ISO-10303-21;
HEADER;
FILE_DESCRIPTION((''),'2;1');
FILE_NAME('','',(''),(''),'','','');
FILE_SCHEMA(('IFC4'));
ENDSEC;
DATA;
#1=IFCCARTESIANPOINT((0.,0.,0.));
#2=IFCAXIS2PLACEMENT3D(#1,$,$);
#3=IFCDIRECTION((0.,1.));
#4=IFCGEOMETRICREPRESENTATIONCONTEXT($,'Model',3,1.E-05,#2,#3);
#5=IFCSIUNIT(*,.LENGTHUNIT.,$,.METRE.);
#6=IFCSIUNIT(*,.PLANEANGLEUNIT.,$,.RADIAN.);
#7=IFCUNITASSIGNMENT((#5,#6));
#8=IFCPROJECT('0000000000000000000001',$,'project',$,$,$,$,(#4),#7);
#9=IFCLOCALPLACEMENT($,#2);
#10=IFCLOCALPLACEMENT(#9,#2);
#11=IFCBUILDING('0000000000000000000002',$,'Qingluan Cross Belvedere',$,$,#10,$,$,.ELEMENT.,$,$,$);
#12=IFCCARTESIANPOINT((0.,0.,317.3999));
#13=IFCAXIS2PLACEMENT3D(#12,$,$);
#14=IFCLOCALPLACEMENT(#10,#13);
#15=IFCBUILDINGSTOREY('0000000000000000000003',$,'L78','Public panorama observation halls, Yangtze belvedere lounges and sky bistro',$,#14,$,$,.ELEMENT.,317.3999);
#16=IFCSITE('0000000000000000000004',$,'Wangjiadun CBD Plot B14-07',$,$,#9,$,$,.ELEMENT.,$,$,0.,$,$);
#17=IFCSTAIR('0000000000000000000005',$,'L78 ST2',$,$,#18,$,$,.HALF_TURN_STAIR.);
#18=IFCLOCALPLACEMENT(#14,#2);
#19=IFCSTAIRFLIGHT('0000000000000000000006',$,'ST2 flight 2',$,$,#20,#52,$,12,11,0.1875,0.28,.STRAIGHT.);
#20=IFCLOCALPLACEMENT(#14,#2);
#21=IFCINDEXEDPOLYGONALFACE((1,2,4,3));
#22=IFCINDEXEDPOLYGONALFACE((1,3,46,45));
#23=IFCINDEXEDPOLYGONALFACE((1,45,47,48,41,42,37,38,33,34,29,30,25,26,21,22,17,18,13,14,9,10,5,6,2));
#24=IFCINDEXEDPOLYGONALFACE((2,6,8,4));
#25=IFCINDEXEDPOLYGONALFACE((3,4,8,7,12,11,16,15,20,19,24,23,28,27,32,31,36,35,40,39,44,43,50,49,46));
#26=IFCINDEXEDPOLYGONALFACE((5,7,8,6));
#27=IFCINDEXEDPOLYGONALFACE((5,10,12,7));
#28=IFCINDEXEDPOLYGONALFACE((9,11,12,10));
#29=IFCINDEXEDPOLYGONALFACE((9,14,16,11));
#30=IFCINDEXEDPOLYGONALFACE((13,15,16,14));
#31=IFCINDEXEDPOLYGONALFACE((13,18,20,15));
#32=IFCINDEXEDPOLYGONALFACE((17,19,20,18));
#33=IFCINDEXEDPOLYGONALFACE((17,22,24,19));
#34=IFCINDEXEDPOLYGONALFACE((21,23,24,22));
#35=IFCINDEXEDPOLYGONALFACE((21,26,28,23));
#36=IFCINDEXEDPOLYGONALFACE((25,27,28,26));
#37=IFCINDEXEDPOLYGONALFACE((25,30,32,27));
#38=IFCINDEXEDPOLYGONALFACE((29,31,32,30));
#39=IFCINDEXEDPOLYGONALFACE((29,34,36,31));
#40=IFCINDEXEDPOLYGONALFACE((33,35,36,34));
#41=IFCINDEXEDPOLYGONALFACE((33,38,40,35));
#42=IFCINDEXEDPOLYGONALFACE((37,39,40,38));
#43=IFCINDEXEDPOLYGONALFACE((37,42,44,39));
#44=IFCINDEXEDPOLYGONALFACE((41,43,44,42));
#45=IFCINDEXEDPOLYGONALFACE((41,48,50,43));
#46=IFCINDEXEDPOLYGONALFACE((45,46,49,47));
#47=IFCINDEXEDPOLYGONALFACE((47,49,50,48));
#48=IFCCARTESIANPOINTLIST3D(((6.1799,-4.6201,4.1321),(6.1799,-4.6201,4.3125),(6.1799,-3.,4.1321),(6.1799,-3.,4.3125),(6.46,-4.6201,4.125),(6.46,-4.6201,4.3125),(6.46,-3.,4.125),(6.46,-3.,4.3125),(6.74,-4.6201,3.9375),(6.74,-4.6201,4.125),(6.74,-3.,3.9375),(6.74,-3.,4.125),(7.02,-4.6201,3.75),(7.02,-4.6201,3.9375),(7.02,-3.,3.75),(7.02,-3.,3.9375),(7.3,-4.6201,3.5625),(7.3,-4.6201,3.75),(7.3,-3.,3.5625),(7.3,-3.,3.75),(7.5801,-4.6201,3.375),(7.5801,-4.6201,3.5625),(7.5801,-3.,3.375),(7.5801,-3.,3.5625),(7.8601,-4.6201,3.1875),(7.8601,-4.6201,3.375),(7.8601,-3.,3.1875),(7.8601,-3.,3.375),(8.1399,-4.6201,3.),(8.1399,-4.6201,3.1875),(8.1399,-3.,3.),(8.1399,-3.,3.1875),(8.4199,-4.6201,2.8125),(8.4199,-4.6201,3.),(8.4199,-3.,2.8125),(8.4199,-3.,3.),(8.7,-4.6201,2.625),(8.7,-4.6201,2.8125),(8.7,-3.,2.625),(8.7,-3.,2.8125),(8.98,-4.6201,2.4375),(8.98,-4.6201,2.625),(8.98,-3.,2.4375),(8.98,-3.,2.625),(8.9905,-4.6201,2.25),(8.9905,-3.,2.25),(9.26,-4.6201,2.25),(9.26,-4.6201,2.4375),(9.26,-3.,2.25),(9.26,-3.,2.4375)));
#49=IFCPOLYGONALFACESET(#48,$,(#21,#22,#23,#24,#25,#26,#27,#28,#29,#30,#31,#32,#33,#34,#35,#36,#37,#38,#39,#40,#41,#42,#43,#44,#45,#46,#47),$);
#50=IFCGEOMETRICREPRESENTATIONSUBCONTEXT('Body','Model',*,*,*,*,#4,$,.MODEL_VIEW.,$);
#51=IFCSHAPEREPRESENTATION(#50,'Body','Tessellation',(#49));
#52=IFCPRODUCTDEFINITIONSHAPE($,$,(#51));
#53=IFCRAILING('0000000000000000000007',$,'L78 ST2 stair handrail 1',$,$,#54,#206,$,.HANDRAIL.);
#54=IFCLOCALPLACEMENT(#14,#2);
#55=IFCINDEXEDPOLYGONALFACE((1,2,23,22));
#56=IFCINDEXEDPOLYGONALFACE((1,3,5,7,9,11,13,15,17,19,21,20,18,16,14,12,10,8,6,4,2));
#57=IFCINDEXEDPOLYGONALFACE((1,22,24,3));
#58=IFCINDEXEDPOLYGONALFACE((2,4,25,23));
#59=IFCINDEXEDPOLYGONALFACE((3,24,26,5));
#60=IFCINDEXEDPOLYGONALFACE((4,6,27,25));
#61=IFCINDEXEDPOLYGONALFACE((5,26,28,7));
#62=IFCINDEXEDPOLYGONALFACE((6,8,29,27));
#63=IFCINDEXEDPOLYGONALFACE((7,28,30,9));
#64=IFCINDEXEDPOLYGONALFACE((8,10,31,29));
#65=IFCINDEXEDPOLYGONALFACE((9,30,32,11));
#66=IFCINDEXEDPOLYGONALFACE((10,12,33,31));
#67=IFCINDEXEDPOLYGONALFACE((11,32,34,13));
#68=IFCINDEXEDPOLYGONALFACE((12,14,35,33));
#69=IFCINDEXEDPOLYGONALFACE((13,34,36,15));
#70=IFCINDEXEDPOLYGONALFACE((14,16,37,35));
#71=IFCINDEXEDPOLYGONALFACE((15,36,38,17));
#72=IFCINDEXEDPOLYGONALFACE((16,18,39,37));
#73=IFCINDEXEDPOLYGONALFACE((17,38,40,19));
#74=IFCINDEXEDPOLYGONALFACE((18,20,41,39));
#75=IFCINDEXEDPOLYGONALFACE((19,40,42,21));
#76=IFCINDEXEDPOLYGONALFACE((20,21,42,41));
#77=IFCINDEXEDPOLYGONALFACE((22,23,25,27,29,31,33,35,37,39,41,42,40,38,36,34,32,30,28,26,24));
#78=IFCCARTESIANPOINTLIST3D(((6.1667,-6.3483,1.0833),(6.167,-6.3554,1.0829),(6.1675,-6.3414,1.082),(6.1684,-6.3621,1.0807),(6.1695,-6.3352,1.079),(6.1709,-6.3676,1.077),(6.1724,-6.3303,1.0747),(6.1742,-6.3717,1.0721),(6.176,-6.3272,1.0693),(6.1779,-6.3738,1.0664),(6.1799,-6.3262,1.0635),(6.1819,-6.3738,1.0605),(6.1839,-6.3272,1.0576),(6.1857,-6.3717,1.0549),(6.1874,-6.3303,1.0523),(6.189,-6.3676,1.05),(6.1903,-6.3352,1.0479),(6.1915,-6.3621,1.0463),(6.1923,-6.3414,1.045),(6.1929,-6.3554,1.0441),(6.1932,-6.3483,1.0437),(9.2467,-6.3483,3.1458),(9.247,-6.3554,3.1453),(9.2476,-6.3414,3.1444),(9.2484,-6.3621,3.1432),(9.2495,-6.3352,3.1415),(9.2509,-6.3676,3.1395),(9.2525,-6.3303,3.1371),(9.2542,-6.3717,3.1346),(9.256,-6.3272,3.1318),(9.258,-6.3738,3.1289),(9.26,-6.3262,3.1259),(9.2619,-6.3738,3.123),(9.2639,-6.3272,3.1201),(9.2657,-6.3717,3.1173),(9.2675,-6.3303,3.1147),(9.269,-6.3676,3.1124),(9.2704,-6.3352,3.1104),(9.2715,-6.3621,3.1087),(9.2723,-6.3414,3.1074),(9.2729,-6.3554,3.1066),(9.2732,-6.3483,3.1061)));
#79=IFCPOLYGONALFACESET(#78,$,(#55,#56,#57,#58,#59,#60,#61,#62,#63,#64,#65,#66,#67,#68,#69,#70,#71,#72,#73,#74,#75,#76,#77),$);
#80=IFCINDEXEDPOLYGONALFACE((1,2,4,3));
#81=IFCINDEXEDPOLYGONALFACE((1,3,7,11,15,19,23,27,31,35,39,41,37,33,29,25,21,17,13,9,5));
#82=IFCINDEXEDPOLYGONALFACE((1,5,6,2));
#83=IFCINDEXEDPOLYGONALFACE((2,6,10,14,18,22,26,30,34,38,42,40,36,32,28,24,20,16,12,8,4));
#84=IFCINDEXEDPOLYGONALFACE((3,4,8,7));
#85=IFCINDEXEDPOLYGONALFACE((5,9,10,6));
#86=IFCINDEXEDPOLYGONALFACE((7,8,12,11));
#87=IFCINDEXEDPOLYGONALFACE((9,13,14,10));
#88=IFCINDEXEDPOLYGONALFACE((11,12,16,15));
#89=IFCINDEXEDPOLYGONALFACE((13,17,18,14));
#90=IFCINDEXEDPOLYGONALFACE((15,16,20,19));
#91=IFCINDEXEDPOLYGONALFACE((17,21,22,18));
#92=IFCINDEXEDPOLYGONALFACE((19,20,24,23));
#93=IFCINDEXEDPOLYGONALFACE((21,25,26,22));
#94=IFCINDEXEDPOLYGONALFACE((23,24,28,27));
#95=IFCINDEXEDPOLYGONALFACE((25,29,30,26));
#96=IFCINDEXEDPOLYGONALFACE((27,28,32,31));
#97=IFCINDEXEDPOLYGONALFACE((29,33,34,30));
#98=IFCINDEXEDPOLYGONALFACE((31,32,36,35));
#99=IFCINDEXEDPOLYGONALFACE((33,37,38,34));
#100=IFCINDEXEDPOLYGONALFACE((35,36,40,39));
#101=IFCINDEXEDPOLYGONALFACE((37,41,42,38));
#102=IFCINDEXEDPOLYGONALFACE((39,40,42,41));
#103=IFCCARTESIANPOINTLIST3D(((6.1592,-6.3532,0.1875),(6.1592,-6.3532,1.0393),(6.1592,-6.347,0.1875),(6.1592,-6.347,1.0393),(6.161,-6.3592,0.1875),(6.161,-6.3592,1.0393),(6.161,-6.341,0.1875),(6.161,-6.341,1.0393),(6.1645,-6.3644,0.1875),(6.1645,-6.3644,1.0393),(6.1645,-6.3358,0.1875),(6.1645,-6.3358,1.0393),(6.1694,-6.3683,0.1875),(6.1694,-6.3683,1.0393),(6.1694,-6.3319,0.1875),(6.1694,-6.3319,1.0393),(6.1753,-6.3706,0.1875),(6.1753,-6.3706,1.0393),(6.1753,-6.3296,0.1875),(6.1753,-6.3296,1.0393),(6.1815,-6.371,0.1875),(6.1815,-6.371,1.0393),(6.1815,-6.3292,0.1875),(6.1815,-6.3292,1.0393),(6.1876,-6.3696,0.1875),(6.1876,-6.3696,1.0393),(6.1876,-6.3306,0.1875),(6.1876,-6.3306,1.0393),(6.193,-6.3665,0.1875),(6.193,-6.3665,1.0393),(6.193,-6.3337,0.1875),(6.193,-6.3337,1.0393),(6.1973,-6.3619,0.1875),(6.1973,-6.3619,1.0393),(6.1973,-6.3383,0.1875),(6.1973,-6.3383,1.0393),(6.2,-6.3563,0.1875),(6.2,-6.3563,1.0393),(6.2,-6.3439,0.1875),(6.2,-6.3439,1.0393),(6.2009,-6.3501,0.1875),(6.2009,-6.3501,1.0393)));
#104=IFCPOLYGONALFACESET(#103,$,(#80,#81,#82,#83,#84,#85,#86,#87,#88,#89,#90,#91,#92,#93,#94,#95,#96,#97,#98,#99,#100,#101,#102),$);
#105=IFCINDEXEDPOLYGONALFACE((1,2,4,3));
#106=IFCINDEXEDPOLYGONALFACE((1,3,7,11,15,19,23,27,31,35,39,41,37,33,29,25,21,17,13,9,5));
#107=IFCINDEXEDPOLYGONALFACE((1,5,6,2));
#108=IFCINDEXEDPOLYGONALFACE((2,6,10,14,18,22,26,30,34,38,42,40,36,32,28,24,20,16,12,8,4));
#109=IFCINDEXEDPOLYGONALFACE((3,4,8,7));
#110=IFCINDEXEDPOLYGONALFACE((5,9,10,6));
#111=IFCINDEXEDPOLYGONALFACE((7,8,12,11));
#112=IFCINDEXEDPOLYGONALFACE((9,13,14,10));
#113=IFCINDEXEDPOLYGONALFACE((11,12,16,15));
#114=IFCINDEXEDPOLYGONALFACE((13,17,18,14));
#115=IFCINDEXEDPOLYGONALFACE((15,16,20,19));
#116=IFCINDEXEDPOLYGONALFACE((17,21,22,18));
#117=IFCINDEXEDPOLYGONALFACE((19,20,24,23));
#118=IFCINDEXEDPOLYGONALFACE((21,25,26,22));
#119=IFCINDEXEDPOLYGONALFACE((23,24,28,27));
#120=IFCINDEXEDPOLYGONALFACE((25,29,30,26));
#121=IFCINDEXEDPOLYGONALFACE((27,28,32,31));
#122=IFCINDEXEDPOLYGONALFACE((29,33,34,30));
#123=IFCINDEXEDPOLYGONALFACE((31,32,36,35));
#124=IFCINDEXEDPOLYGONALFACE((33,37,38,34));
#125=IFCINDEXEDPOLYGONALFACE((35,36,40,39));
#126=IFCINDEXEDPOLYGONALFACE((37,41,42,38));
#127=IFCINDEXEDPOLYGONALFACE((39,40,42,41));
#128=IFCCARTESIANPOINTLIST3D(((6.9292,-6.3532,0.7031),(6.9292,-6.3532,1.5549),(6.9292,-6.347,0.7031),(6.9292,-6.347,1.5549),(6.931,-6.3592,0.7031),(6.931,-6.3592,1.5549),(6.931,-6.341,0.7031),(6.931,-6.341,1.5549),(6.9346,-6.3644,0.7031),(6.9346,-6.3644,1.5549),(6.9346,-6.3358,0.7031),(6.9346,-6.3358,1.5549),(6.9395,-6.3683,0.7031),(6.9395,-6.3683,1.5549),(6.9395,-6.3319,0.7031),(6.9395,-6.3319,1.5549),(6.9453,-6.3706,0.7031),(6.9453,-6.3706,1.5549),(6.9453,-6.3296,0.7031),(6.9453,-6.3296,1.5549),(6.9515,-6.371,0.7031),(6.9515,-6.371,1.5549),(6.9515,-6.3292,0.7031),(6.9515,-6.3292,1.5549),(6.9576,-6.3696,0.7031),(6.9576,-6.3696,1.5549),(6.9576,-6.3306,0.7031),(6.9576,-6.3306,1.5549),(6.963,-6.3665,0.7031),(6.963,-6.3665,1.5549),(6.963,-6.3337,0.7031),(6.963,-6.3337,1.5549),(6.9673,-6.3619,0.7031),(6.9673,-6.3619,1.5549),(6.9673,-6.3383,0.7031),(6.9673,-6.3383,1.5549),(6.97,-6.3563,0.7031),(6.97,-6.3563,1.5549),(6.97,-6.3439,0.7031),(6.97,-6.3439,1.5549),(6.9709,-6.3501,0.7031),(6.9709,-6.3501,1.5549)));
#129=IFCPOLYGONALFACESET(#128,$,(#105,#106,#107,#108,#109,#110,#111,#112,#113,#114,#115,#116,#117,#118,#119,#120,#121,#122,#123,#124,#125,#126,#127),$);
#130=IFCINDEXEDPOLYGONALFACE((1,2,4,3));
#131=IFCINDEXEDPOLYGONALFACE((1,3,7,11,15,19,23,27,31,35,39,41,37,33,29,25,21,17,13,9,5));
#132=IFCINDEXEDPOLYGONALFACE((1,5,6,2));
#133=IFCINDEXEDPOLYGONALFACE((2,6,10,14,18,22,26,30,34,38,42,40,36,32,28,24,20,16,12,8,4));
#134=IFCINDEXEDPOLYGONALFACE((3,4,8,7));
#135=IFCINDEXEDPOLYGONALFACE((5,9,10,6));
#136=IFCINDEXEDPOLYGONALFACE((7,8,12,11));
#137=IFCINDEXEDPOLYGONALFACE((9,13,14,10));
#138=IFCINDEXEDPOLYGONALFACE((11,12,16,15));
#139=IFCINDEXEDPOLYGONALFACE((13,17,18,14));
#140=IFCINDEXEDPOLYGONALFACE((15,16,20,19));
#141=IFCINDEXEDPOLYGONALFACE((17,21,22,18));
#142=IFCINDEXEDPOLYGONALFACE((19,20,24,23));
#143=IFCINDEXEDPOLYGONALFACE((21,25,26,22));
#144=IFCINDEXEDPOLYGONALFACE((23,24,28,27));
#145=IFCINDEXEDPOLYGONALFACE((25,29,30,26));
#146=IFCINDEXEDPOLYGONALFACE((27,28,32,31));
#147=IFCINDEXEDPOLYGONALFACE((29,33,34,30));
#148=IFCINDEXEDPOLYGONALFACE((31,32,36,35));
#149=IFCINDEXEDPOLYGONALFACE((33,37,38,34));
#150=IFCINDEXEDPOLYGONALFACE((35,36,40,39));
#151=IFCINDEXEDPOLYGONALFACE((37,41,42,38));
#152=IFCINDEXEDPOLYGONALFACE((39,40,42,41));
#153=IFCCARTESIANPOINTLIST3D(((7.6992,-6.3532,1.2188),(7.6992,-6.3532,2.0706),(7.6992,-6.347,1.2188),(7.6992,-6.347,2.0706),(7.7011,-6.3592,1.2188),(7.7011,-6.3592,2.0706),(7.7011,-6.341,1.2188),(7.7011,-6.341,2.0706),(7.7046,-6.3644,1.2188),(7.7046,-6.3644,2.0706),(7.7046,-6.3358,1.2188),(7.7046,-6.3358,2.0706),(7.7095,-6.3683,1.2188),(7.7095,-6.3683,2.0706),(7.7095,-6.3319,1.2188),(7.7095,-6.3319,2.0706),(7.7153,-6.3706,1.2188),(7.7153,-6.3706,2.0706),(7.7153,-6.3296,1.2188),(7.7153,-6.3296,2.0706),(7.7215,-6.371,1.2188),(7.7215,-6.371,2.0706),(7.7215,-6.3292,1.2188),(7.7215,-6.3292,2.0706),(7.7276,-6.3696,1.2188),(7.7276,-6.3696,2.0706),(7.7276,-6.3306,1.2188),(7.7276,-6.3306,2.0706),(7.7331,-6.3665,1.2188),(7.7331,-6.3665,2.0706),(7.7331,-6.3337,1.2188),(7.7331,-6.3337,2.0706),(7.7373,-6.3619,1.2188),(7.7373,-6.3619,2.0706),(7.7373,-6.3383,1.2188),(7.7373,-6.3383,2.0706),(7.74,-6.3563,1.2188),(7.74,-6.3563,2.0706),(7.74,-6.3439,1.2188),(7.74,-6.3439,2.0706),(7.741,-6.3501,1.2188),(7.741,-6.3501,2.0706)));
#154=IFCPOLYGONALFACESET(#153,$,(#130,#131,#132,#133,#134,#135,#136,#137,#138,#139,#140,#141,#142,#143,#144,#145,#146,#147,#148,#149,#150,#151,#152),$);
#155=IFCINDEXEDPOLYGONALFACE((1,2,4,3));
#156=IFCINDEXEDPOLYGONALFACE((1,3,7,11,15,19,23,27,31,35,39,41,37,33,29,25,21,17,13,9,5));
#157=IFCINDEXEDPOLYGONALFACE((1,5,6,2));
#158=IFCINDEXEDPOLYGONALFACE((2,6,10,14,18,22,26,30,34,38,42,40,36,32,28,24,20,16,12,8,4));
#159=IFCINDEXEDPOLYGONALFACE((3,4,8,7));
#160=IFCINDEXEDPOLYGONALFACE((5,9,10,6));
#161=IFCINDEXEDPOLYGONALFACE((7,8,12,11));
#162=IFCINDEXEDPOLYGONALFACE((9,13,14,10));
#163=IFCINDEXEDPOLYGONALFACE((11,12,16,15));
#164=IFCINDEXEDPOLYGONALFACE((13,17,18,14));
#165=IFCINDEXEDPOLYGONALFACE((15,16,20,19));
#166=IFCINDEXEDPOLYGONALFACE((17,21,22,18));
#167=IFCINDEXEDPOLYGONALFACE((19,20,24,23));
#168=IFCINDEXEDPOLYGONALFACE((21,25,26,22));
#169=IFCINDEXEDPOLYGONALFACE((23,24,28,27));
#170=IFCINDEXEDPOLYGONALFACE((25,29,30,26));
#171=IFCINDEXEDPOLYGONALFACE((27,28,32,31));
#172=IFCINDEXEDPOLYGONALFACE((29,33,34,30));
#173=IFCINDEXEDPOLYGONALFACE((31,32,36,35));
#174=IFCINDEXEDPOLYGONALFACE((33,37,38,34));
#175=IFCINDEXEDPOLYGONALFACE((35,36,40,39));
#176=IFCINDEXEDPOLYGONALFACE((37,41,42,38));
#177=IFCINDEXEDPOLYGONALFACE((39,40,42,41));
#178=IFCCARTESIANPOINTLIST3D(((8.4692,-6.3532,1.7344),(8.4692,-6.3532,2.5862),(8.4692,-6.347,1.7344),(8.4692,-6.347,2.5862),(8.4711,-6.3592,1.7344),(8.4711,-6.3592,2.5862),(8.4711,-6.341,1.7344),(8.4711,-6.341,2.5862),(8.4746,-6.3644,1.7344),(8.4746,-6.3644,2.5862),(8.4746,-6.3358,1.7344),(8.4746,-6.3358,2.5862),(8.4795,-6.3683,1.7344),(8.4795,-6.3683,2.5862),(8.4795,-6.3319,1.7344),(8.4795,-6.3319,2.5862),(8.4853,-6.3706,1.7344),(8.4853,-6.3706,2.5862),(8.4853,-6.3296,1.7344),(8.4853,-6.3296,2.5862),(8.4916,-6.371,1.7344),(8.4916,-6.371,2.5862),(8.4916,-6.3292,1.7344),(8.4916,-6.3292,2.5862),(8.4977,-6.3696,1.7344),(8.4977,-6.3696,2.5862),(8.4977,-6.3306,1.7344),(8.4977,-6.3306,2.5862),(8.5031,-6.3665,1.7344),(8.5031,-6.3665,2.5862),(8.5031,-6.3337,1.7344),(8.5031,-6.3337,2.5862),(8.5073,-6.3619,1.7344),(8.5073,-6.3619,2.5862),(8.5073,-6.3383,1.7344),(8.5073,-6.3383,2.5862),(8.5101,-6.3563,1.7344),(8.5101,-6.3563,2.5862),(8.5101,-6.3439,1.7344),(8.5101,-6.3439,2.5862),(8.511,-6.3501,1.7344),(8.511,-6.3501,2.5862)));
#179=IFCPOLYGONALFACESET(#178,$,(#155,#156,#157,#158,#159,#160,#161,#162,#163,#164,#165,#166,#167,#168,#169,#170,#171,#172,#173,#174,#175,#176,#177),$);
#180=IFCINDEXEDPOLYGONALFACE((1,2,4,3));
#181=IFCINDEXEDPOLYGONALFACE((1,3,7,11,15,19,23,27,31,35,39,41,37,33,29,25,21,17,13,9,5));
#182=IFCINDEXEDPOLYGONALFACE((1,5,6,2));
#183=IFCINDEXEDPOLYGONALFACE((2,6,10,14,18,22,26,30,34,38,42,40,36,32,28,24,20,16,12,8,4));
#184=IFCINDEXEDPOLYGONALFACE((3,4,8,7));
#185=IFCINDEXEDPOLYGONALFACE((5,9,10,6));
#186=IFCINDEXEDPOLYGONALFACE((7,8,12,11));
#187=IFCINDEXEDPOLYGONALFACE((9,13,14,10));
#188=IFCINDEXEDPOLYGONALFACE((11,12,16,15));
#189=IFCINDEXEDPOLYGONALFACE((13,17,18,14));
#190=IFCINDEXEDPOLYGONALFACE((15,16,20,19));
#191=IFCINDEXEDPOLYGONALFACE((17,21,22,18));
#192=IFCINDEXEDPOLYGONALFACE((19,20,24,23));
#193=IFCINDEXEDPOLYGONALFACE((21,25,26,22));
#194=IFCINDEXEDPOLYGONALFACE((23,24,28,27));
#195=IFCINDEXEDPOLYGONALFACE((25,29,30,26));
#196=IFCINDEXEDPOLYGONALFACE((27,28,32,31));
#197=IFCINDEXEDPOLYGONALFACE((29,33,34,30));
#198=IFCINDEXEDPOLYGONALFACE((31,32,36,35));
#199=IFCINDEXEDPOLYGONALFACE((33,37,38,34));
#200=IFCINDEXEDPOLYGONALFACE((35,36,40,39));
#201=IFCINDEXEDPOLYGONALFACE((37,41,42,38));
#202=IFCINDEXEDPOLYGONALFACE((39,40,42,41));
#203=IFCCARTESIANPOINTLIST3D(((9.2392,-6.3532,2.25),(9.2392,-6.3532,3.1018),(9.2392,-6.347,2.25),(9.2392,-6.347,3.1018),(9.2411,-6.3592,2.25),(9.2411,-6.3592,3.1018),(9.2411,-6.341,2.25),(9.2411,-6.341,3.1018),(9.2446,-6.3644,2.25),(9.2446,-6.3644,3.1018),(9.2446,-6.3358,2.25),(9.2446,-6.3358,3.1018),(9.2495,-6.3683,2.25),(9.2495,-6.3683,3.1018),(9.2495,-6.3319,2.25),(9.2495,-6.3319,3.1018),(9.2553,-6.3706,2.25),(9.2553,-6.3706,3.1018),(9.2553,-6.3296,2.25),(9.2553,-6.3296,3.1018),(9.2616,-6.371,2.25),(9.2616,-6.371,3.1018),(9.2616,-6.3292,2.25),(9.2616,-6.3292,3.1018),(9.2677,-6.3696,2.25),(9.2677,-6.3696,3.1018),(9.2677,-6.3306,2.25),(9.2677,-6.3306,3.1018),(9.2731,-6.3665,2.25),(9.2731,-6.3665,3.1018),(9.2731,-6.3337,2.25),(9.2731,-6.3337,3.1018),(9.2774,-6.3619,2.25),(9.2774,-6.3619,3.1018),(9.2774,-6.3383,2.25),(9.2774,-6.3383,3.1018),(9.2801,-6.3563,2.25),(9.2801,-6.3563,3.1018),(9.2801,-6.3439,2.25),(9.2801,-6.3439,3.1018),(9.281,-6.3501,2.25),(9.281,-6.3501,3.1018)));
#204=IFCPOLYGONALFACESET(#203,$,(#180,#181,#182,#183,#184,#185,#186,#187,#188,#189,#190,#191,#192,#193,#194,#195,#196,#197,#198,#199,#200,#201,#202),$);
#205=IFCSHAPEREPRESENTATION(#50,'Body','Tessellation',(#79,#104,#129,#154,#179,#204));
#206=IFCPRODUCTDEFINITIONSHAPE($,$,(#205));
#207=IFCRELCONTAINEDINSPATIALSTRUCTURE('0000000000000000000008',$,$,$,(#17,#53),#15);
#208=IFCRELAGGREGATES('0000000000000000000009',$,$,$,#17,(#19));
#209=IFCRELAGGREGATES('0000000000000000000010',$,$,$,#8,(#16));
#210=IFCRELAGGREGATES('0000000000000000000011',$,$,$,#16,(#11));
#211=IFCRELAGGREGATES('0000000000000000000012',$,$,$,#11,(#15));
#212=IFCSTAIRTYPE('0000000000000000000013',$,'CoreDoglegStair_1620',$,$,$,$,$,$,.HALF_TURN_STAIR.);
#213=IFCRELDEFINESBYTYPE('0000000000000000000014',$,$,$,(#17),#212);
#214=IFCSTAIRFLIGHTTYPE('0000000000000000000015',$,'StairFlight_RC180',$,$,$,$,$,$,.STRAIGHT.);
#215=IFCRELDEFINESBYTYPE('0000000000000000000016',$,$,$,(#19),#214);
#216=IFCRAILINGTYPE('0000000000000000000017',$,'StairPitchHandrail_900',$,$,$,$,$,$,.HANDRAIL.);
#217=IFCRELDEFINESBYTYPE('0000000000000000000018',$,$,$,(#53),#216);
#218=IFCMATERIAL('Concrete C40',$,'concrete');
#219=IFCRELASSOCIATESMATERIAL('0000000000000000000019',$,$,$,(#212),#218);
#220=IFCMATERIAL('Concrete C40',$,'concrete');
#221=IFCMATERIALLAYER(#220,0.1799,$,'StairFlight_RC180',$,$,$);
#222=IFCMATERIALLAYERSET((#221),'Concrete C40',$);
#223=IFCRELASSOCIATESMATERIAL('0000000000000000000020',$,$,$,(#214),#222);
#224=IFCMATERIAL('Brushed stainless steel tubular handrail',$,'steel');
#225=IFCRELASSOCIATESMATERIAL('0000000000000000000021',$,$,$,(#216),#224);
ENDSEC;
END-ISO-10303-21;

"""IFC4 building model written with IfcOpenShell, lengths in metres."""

from ifc_helpers import new_model, si_unit, direction, frame, origin, origin_2d, place, context, subcontext, project, spatial, polyline, circle, outline, extrude, material, layer, layer_set, type_object, element, aggregate, save


model = new_model("IFC4")

# Units and contexts
model_context = context("Model", 3, precision=1e-05, world=origin(), true_north=direction((0.0, 1.0)))
body_context = subcontext(model_context, "Body", "Model", "MODEL_VIEW")
ifc_project = project(units=[si_unit("LENGTHUNIT", "METRE"), si_unit("PLANEANGLEUNIT", "RADIAN")], contexts=[model_context])

# Site, building, storey
site_placement = place(None, origin())
site = spatial("IfcSite", under=ifc_project, at=site_placement, Name="Wangjiadun CBD Plot B14-07", CompositionType="ELEMENT", RefElevation=0.0)
building_placement = place(site_placement, origin())
building = spatial("IfcBuilding", under=site, at=building_placement, Name="Qingluan Cross Belvedere", CompositionType="ELEMENT")
storey_placement = place(building_placement, frame((0.0, 0.0, 317.3999)))
storey = spatial("IfcBuildingStorey", under=building, at=storey_placement, Name="L78", Description="Public panorama observation halls, Yangtze belvedere lounges and sky bistro", CompositionType="ELEMENT", Elevation=317.3999)

# Stair, stair flight
ifc_material_1 = material(Name="Concrete C40", Category="concrete")
stair_type = type_object("IfcStairType", Name="CoreDoglegStair_1620", PredefinedType="HALF_TURN_STAIR", material=ifc_material_1)
stair_placement = place(storey_placement, origin())
stair = element("IfcStair", 1, at=stair_placement, inside=storey, type_object=stair_type, Name="L78 ST2", PredefinedType="HALF_TURN_STAIR")
ifc_material_2 = material(Name="Concrete C40", Category="concrete")
ifc_layer_1 = layer(ifc_material_2, 0.1799, Name="StairFlight_RC180")
ifc_layer_set_1 = layer_set([ifc_layer_1], Name="Concrete C40")
stair_flight_type = type_object("IfcStairFlightType", Name="StairFlight_RC180", PredefinedType="STRAIGHT", material=ifc_layer_set_1)
stair_flight_1_placement = place(storey_placement, frame((9.26, -3.8101, 2.25), z_axis=(0.0, 0.0, 1.0), x_axis=(-1.0, 0.0, 0.0)))
stair_flight_1 = element("IfcStairFlight", 2, at=stair_flight_1_placement, type_object=stair_flight_type, Name="ST2 flight 2", NumberOfRisers=12, NumberOfTreads=11, PredefinedType="STRAIGHT", RiserHeight=0.1875, TreadLength=0.28, context=body_context, shape_type="SweptSolid", body=[
    extrude(outline(polyline([(0.0, 0.0), (0.0, 0.1875), (0.28, 0.1875), (0.28, 0.375), (0.5601, 0.375), (0.5601, 0.5625), (0.8401, 0.5625), (0.8401, 0.75), (1.1201, 0.75), (1.1201, 0.9375), (1.3999, 0.9375), (1.3999, 1.125), (1.6799, 1.125), (1.6799, 1.3125), (1.96, 1.3125), (1.96, 1.5), (2.24, 1.5), (2.24, 1.6875), (2.52, 1.6875), (2.52, 1.875), (2.8, 1.875), (2.8, 2.0625), (3.0801, 2.0625), (3.0801, 2.25), (3.0801, 1.8821), (0.2695, 0.0), (0.0, 0.0)])), frame((0.0, 0.8101, 0.0), z_axis=(0.0, -1.0, 0.0), x_axis=(1.0, 0.0, 0.0)), (0.0, 0.0, 1.0), 1.6201),
])
aggregate(stair, [stair_flight_1])

# Railing
ifc_material_3 = material(Name="Brushed stainless steel tubular handrail", Category="steel")
railing_type_1 = type_object("IfcRailingType", Name="StairPitchHandrail_900", PredefinedType="HANDRAIL", material=ifc_material_3)
railing_1_placement = place(storey_placement, frame((6.1799, -6.3501, 0.1875)))
element("IfcRailing", 3, at=railing_1_placement, inside=storey, type_object=railing_type_1, Name="L78 ST2 stair handrail 1", PredefinedType="HANDRAIL", context=body_context, shape_type="SweptSolid", body=[
    extrude(circle(Radius=0.0239, at=origin_2d()), frame((0.0, 0.0, 0.876), z_axis=(0.830914, 0.0, 0.556401), x_axis=(0.0, 1.0, 0.0)), (0.0, 0.0, 1.0), 3.7068),
    extrude(circle(Radius=0.021, at=origin_2d()), origin(), (0.0, 0.0, 1.0), 0.8518),
    extrude(circle(Radius=0.021, at=origin_2d()), frame((0.77, 0.0, 0.5156)), (0.0, 0.0, 1.0), 0.8518),
    extrude(circle(Radius=0.021, at=origin_2d()), frame((1.54, 0.0, 1.0312)), (0.0, 0.0, 1.0), 0.8518),
    extrude(circle(Radius=0.021, at=origin_2d()), frame((2.3101, 0.0, 1.5469)), (0.0, 0.0, 1.0), 0.8518),
    extrude(circle(Radius=0.021, at=origin_2d()), frame((3.0801, 0.0, 2.0625)), (0.0, 0.0, 1.0), 0.8518),
])

save(model, "model.ifc")
